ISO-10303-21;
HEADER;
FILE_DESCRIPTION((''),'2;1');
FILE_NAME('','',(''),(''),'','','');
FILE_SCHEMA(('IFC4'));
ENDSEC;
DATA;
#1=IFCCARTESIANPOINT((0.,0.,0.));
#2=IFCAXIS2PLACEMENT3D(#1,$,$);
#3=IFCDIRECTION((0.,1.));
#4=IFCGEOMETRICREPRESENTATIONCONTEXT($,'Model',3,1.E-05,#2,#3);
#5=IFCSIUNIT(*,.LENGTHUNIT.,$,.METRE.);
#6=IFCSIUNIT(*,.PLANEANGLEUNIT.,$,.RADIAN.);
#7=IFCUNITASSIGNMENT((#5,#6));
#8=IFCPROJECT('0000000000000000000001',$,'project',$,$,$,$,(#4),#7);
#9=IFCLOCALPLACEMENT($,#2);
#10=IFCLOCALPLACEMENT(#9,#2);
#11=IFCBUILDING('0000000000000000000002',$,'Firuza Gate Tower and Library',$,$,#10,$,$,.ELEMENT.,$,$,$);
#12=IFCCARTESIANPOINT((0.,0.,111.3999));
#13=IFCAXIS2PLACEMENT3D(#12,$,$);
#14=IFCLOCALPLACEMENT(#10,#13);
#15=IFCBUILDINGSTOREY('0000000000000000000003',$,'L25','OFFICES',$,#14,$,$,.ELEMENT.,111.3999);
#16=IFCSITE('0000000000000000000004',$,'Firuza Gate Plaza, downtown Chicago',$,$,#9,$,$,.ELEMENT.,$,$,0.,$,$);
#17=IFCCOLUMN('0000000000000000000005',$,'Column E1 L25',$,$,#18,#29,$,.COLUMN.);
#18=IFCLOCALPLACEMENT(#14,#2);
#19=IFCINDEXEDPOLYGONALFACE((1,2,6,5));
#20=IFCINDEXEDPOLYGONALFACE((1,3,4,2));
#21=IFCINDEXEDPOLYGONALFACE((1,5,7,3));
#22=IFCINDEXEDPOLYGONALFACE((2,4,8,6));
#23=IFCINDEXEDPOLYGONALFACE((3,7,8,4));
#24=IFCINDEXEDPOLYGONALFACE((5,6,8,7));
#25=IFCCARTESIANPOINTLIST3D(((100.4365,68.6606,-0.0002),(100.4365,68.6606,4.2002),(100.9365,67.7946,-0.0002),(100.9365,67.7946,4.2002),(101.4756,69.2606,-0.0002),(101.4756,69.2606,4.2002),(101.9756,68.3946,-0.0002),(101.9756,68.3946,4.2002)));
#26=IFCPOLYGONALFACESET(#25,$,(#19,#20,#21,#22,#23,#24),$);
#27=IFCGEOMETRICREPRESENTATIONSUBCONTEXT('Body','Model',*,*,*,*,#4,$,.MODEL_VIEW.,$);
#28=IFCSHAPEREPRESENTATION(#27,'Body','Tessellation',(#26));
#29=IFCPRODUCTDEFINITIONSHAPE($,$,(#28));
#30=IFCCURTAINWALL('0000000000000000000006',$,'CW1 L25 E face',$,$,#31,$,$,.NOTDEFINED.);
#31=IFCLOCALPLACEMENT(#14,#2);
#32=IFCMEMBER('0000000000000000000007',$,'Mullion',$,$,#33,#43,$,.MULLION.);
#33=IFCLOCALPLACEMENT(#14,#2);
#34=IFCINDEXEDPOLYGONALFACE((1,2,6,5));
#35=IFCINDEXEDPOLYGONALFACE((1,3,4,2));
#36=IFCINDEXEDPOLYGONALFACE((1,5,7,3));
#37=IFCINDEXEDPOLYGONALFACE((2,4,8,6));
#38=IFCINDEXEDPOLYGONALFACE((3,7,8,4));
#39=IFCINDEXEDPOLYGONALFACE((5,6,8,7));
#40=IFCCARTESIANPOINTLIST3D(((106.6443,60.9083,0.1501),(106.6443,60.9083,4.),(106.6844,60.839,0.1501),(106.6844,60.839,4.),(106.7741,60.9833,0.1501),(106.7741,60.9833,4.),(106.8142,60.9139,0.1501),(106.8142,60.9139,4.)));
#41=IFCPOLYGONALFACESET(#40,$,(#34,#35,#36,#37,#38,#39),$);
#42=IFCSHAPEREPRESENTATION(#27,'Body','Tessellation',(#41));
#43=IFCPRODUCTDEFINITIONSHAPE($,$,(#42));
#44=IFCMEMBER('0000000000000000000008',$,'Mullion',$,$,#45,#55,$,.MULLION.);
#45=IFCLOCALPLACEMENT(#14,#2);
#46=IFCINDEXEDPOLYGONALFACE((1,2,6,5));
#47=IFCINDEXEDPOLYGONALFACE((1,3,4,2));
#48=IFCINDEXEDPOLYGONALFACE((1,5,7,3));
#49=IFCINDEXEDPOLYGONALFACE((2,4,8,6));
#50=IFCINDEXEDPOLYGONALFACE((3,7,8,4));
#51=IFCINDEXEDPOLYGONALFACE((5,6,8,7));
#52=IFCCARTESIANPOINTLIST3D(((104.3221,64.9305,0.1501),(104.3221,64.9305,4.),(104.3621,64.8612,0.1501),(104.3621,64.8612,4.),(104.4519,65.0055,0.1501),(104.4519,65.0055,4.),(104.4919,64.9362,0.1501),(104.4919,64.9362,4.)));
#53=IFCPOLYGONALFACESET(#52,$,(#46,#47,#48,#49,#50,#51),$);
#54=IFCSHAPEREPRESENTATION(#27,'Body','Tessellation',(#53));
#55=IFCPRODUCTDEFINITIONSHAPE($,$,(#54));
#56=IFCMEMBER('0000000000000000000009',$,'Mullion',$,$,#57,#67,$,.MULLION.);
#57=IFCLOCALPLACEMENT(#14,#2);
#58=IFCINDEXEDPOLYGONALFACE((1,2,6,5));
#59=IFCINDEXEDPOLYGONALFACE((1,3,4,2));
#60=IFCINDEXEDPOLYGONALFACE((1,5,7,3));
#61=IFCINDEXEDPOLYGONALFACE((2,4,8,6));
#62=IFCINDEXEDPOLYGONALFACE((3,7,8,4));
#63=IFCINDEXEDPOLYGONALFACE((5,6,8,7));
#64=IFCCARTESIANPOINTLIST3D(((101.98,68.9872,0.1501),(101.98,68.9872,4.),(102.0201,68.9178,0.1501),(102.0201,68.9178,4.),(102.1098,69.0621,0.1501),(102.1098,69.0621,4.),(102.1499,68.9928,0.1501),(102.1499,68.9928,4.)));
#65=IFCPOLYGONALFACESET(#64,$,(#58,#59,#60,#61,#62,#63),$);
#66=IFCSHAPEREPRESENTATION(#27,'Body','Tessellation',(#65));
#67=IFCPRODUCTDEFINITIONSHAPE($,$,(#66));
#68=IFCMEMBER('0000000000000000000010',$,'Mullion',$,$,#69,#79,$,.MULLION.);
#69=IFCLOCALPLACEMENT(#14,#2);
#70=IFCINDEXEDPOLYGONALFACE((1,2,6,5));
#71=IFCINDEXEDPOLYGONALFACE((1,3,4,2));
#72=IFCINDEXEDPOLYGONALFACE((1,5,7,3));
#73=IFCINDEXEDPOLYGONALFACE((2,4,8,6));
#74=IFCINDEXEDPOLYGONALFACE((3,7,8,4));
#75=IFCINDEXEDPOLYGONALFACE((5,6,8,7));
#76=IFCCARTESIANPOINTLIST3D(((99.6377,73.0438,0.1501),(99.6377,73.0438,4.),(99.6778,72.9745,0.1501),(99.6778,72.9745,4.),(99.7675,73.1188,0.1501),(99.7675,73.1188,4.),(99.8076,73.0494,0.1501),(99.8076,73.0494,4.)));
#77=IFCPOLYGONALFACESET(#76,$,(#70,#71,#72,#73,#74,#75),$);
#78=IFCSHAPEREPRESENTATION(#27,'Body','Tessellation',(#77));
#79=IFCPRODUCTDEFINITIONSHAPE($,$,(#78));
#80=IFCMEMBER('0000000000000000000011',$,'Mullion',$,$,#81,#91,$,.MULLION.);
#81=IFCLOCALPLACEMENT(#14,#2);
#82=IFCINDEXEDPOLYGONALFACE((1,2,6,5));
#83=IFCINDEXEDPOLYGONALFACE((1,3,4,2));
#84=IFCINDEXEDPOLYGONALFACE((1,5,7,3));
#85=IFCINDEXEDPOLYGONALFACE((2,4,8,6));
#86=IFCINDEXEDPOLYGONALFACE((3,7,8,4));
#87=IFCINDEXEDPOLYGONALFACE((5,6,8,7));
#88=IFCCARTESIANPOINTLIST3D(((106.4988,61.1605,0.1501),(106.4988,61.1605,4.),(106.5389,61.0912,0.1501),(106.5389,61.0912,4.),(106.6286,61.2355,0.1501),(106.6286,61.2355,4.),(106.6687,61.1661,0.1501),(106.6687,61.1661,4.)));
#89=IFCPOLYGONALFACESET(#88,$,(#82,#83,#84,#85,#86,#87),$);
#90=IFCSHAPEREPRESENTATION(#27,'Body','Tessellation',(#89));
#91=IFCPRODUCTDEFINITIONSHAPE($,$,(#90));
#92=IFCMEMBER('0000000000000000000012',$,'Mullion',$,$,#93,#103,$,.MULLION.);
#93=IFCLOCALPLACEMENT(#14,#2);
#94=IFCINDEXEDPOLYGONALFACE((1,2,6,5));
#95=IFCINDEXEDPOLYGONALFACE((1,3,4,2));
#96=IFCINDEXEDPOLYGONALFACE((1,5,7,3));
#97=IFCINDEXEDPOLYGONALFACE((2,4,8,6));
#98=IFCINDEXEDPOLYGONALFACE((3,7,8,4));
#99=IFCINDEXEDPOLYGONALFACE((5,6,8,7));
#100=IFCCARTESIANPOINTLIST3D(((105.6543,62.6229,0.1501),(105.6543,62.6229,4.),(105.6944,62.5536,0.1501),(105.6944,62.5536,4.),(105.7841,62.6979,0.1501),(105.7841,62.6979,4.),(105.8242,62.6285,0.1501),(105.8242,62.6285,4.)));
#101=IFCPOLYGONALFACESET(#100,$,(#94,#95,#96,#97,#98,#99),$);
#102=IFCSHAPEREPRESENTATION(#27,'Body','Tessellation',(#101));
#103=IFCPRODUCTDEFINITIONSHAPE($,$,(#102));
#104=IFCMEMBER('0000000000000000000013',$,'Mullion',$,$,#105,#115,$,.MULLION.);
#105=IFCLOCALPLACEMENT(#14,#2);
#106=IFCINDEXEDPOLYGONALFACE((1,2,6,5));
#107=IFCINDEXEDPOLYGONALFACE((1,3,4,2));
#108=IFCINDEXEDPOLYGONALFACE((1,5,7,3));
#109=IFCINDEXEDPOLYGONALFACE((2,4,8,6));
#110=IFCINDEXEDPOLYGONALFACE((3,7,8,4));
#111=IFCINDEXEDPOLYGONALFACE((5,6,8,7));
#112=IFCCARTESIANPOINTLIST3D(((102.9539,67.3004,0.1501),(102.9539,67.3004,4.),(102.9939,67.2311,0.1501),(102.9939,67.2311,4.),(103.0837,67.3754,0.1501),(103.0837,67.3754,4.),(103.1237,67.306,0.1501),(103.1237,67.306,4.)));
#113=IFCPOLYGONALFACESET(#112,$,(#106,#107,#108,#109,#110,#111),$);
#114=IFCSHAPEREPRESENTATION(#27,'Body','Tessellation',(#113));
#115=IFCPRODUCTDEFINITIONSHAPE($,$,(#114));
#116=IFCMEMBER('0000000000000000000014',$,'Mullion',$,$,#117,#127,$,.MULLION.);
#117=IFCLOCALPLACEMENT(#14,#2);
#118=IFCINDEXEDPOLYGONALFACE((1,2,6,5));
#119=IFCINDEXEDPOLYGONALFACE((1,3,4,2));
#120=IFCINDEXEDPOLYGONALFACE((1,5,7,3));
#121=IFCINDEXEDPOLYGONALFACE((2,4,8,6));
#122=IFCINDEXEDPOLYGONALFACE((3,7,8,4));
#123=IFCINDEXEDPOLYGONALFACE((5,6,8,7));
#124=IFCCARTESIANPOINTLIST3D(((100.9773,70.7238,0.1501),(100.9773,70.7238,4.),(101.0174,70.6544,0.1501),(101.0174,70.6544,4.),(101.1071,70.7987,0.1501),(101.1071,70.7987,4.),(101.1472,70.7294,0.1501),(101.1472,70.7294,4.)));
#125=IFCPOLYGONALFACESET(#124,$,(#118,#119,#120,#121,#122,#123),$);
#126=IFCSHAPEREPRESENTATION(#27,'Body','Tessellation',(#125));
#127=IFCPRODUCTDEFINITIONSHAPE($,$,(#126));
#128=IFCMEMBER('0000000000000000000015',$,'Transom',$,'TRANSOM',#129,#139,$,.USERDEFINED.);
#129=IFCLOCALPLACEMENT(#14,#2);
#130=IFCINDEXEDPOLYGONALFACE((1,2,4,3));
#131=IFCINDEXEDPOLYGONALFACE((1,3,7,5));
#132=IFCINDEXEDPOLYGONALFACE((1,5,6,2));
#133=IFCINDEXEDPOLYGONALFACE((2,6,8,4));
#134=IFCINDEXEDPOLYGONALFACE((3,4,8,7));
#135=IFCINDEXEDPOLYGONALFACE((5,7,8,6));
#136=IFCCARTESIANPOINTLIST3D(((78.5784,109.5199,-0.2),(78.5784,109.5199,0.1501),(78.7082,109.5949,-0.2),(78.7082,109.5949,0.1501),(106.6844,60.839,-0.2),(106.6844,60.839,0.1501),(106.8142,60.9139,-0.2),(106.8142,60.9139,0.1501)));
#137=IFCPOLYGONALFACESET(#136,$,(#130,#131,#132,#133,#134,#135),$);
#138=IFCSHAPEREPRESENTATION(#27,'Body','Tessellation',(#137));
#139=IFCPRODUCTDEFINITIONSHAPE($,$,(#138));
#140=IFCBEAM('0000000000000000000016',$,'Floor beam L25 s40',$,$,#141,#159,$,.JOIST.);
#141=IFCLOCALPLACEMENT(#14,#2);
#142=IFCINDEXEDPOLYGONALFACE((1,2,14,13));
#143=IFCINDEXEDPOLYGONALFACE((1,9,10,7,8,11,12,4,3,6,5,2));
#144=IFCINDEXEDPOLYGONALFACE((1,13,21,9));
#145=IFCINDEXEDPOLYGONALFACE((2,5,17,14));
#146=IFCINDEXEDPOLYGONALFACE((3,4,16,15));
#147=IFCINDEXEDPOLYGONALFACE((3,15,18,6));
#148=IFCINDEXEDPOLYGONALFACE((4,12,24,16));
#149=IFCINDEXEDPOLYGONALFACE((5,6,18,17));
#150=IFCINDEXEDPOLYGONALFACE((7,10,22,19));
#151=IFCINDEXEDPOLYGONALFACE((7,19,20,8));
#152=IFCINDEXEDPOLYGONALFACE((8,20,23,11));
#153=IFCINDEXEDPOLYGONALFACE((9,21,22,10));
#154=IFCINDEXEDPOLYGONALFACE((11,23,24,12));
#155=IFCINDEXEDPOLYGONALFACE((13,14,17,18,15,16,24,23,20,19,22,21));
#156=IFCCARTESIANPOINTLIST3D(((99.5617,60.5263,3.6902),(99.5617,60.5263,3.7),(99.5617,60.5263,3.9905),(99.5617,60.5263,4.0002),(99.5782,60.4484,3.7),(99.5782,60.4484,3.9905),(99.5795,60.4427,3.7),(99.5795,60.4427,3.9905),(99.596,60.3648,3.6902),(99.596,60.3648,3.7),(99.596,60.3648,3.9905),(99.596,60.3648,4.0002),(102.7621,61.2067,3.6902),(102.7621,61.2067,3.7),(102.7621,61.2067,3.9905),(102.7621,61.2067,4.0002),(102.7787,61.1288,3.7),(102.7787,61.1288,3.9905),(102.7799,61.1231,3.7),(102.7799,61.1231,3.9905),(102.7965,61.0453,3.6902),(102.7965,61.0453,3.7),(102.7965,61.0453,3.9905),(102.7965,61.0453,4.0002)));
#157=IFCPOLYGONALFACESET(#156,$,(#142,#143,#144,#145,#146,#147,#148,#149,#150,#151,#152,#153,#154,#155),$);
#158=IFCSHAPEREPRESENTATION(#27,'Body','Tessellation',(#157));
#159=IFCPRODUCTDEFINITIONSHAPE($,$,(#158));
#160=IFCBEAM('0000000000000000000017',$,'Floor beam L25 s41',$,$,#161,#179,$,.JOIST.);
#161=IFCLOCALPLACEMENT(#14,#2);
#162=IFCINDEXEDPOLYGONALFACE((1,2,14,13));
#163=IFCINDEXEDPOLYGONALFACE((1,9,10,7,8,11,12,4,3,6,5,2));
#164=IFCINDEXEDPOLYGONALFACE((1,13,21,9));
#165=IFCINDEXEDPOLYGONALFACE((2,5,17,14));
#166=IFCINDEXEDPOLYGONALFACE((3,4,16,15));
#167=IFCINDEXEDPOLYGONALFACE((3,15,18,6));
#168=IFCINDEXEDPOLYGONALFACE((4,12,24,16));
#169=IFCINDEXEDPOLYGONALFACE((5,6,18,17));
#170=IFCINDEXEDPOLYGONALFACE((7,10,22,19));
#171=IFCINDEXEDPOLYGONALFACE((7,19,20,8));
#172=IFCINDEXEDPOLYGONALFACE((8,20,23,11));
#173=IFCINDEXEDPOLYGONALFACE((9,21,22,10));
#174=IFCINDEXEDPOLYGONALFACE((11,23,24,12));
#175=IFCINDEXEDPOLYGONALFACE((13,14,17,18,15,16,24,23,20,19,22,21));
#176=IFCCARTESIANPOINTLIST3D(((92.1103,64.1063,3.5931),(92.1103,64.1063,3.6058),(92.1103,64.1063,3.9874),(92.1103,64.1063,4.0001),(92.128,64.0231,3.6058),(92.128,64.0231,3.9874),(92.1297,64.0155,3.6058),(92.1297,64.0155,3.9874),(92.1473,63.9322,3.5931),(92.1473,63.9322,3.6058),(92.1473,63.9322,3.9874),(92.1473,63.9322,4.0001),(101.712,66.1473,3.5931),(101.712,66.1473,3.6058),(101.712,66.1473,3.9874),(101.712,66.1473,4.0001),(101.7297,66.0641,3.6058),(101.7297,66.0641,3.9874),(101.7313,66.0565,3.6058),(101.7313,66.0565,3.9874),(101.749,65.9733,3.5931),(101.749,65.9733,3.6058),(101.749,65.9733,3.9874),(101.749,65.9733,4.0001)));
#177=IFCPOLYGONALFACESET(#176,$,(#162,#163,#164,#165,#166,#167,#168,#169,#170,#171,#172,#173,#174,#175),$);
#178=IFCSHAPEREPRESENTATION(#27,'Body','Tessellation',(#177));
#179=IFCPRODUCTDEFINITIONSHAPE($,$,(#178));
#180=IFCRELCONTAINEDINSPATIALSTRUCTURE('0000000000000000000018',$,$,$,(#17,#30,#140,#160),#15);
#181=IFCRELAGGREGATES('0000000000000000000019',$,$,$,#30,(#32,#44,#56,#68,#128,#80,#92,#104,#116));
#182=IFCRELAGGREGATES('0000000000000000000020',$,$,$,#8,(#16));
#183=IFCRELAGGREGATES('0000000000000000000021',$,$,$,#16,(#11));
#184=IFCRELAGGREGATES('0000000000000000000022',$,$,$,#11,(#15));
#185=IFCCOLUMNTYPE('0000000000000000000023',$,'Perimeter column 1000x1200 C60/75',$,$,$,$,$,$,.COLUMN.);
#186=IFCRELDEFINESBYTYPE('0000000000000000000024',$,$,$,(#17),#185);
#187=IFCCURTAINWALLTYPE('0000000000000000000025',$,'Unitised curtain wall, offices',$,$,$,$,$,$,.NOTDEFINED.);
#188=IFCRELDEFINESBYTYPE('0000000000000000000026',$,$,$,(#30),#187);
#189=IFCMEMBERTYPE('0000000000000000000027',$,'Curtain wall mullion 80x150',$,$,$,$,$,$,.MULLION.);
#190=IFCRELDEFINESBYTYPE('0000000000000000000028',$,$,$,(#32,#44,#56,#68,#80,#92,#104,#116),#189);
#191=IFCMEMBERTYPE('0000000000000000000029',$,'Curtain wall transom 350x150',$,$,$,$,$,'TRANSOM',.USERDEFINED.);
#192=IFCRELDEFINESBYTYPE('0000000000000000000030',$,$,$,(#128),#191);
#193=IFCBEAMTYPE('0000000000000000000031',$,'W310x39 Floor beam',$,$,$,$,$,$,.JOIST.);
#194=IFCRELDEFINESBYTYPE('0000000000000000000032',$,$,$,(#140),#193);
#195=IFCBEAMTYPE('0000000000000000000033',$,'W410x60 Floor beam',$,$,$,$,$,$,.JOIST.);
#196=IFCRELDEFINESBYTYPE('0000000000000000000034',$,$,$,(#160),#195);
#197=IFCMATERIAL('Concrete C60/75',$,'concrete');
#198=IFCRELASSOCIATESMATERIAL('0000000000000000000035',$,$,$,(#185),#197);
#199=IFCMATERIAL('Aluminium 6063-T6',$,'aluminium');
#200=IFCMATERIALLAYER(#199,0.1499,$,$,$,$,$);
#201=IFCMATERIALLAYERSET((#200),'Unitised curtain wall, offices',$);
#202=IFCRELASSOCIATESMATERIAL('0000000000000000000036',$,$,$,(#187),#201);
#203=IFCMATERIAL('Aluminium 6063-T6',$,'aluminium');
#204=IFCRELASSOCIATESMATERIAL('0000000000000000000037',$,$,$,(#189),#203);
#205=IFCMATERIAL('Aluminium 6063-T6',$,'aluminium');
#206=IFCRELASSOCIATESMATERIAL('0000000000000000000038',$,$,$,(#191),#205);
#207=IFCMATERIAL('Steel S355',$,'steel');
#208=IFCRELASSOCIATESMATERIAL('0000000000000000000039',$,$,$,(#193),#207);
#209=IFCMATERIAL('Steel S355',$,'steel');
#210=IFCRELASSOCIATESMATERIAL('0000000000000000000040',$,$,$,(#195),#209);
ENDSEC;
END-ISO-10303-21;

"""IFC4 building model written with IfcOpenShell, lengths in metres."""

from ifc_helpers import new_model, si_unit, direction, frame, origin, origin_2d, place, context, subcontext, project, spatial, rectangle, i_section, extrude, material, layer, layer_set, material_profile, profile_set, type_object, element, aggregate, save


model = new_model("IFC4")

# Units and contexts
model_context = context("Model", 3, precision=1e-05, world=origin(), true_north=direction((0.0, 1.0)))
body_context = subcontext(model_context, "Body", "Model", "MODEL_VIEW")
ifc_project = project(units=[si_unit("LENGTHUNIT", "METRE"), si_unit("PLANEANGLEUNIT", "RADIAN")], contexts=[model_context])

# Site, building, storey
site_placement = place(None, origin())
site = spatial("IfcSite", under=ifc_project, at=site_placement, Name="Firuza Gate Plaza, downtown Chicago", CompositionType="ELEMENT", RefElevation=0.0)
building_placement = place(site_placement, origin())
building = spatial("IfcBuilding", under=site, at=building_placement, Name="Firuza Gate Tower and Library", CompositionType="ELEMENT")
storey_placement = place(building_placement, frame((0.0, 0.0, 111.3999)))
storey = spatial("IfcBuildingStorey", under=building, at=storey_placement, Name="L25", Description="OFFICES", CompositionType="ELEMENT", Elevation=111.3999)

# Column
ifc_material_1 = material(Name="Concrete C60/75", Category="concrete")
ifc_material_profile_1 = material_profile(ifc_material_1, rectangle(XDim=1.0, YDim=1.2, at=origin_2d()))
ifc_profile_set_1 = profile_set([ifc_material_profile_1], Name="Concrete C60/75")
column_type = type_object("IfcColumnType", Name="Perimeter column 1000x1200 C60/75", PredefinedType="COLUMN", material=ifc_profile_set_1)
column_placement = place(storey_placement, frame((101.2061, 68.5276, -0.0002), z_axis=(0.0, 0.0, 1.0), x_axis=(-0.5, 0.866025, 0.0)))
element("IfcColumn", 1, at=column_placement, inside=storey, type_object=column_type, Name="Column E1 L25", PredefinedType="COLUMN", context=body_context, shape_type="SweptSolid", body=[
    extrude(rectangle(XDim=1.0, YDim=1.2, at=origin_2d()), origin(), (0.0, 0.0, 1.0), 4.2004),
])

# Curtain wall, members
ifc_material_2 = material(Name="Aluminium 6063-T6", Category="aluminium")
ifc_layer_1 = layer(ifc_material_2, 0.1499)
ifc_layer_set_1 = layer_set([ifc_layer_1], Name="Unitised curtain wall, offices")
curtain_wall_type = type_object("IfcCurtainWallType", Name="Unitised curtain wall, offices", PredefinedType="NOTDEFINED", material=ifc_layer_set_1)
curtain_wall_placement = place(storey_placement, origin())
curtain_wall = element("IfcCurtainWall", 2, at=curtain_wall_placement, inside=storey, type_object=curtain_wall_type, Name="CW1 L25 E face", PredefinedType="NOTDEFINED")
ifc_material_3 = material(Name="Aluminium 6063-T6", Category="aluminium")
ifc_material_profile_2 = material_profile(ifc_material_3, rectangle(XDim=0.1499, YDim=0.0801, at=origin_2d()))
ifc_profile_set_2 = profile_set([ifc_material_profile_2], Name="Aluminium 6063-T6")
member_type_1 = type_object("IfcMemberType", Name="Curtain wall mullion 80x150", PredefinedType="MULLION", material=ifc_profile_set_2)
member_1_placement = place(storey_placement, frame((106.7292, 60.9111, 0.1501), z_axis=(0.0, 0.0, 1.0), x_axis=(-0.866025, -0.5, 0.0)))
member_1 = element("IfcMember", 3, at=member_1_placement, type_object=member_type_1, Name="Mullion", PredefinedType="MULLION", context=body_context, shape_type="SweptSolid", body=[
    extrude(rectangle(XDim=0.1499, YDim=0.0801, at=origin_2d()), origin(), (0.0, 0.0, 1.0), 3.8499),
])
member_2_placement = place(storey_placement, frame((104.407, 64.9333, 0.1501), z_axis=(0.0, 0.0, 1.0), x_axis=(-0.866025, -0.5, 0.0)))
member_2 = element("IfcMember", 4, at=member_2_placement, type_object=member_type_1, Name="Mullion", PredefinedType="MULLION", context=body_context, shape_type="SweptSolid", body=[
    extrude(rectangle(XDim=0.1499, YDim=0.0801, at=origin_2d()), origin(), (0.0, 0.0, 1.0), 3.8499),
])
member_3_placement = place(storey_placement, frame((102.0649, 68.99, 0.1501), z_axis=(0.0, 0.0, 1.0), x_axis=(-0.866025, -0.5, 0.0)))
member_3 = element("IfcMember", 5, at=member_3_placement, type_object=member_type_1, Name="Mullion", PredefinedType="MULLION", context=body_context, shape_type="SweptSolid", body=[
    extrude(rectangle(XDim=0.1499, YDim=0.0801, at=origin_2d()), origin(), (0.0, 0.0, 1.0), 3.8499),
])
member_4_placement = place(storey_placement, frame((99.7227, 73.0466, 0.1501), z_axis=(0.0, 0.0, 1.0), x_axis=(-0.866025, -0.5, 0.0)))
member_4 = element("IfcMember", 6, at=member_4_placement, type_object=member_type_1, Name="Mullion", PredefinedType="MULLION", context=body_context, shape_type="SweptSolid", body=[
    extrude(rectangle(XDim=0.1499, YDim=0.0801, at=origin_2d()), origin(), (0.0, 0.0, 1.0), 3.8499),
])
member_5_placement = place(storey_placement, frame((106.5837, 61.1633, 0.1501), z_axis=(0.0, 0.0, 1.0), x_axis=(-0.866025, -0.5, 0.0)))
member_5 = element("IfcMember", 7, at=member_5_placement, type_object=member_type_1, Name="Mullion", PredefinedType="MULLION", context=body_context, shape_type="SweptSolid", body=[
    extrude(rectangle(XDim=0.1499, YDim=0.0801, at=origin_2d()), origin(), (0.0, 0.0, 1.0), 3.8499),
])
member_6_placement = place(storey_placement, frame((105.7393, 62.6257, 0.1501), z_axis=(0.0, 0.0, 1.0), x_axis=(-0.866025, -0.5, 0.0)))
member_6 = element("IfcMember", 8, at=member_6_placement, type_object=member_type_1, Name="Mullion", PredefinedType="MULLION", context=body_context, shape_type="SweptSolid", body=[
    extrude(rectangle(XDim=0.1499, YDim=0.0801, at=origin_2d()), origin(), (0.0, 0.0, 1.0), 3.8499),
])
member_7_placement = place(storey_placement, frame((103.0388, 67.3032, 0.1501), z_axis=(0.0, 0.0, 1.0), x_axis=(-0.866025, -0.5, 0.0)))
member_7 = element("IfcMember", 9, at=member_7_placement, type_object=member_type_1, Name="Mullion", PredefinedType="MULLION", context=body_context, shape_type="SweptSolid", body=[
    extrude(rectangle(XDim=0.1499, YDim=0.0801, at=origin_2d()), origin(), (0.0, 0.0, 1.0), 3.8499),
])
member_8_placement = place(storey_placement, frame((101.0623, 70.7266, 0.1501), z_axis=(0.0, 0.0, 1.0), x_axis=(-0.866025, -0.5, 0.0)))
member_8 = element("IfcMember", 10, at=member_8_placement, type_object=member_type_1, Name="Mullion", PredefinedType="MULLION", context=body_context, shape_type="SweptSolid", body=[
    extrude(rectangle(XDim=0.1499, YDim=0.0801, at=origin_2d()), origin(), (0.0, 0.0, 1.0), 3.8499),
])
ifc_material_4 = material(Name="Aluminium 6063-T6", Category="aluminium")
ifc_material_profile_3 = material_profile(ifc_material_4, rectangle(XDim=0.1499, YDim=0.3501, at=origin_2d()))
ifc_profile_set_3 = profile_set([ifc_material_profile_3], Name="Aluminium 6063-T6")
member_type_2 = type_object("IfcMemberType", Name="Curtain wall transom 350x150", ElementType="TRANSOM", PredefinedType="USERDEFINED", material=ifc_profile_set_3)
member_9_placement = place(storey_placement, frame((106.7493, 60.8765, -0.0249), z_axis=(-0.5, 0.866025, 0.0), x_axis=(-0.866025, -0.5, 0.0)))
member_9 = element("IfcMember", 11, at=member_9_placement, type_object=member_type_2, Name="Transom", ObjectType="TRANSOM", PredefinedType="USERDEFINED", context=body_context, shape_type="SweptSolid", body=[
    extrude(rectangle(XDim=0.1499, YDim=0.3501, at=origin_2d()), origin(), (0.0, 0.0, 1.0), 56.2119),
])

# Beams
ifc_material_5 = material(Name="Steel S355", Category="steel")
ifc_material_profile_4 = material_profile(ifc_material_5, i_section(OverallWidth=0.165, OverallDepth=0.3101, WebThickness=0.0059, FlangeThickness=0.0098, at=origin_2d()))
ifc_profile_set_4 = profile_set([ifc_material_profile_4], Name="Steel S355")
beam_type_1 = type_object("IfcBeamType", Name="W310x39 Floor beam", PredefinedType="JOIST", material=ifc_profile_set_4)
beam_1_placement = place(storey_placement, frame((102.7793, 61.126, 3.8452), z_axis=(-0.978139, -0.207954, 0.0), x_axis=(0.207954, -0.978139, 0.0)))
element("IfcBeam", 12, at=beam_1_placement, inside=storey, type_object=beam_type_1, Name="Floor beam L25 s40", PredefinedType="JOIST", context=body_context, shape_type="SweptSolid", body=[
    extrude(i_section(OverallWidth=0.165, OverallDepth=0.3101, WebThickness=0.0059, FlangeThickness=0.0098, at=origin_2d()), origin(), (0.0, 0.0, 1.0), 3.272),
])
ifc_material_6 = material(Name="Steel S355", Category="steel")
ifc_material_profile_5 = material_profile(ifc_material_6, i_section(OverallWidth=0.178, OverallDepth=0.407, WebThickness=0.0078, FlangeThickness=0.0127, at=origin_2d()))
ifc_profile_set_5 = profile_set([ifc_material_profile_5], Name="Steel S355")
beam_type_2 = type_object("IfcBeamType", Name="W410x60 Floor beam", PredefinedType="JOIST", material=ifc_profile_set_5)
beam_2_placement = place(storey_placement, frame((101.7305, 66.0603, 3.7966), z_axis=(-0.978145, -0.207925, 0.0), x_axis=(0.207925, -0.978145, 0.0)))
element("IfcBeam", 13, at=beam_2_placement, inside=storey, type_object=beam_type_2, Name="Floor beam L25 s41", PredefinedType="JOIST", context=body_context, shape_type="SweptSolid", body=[
    extrude(i_section(OverallWidth=0.178, OverallDepth=0.407, WebThickness=0.0078, FlangeThickness=0.0127, at=origin_2d()), origin(), (0.0, 0.0, 1.0), 9.8162),
])

aggregate(curtain_wall, [member_1, member_2, member_3, member_4, member_9, member_5, member_6, member_7, member_8])

save(model, "model.ifc")
